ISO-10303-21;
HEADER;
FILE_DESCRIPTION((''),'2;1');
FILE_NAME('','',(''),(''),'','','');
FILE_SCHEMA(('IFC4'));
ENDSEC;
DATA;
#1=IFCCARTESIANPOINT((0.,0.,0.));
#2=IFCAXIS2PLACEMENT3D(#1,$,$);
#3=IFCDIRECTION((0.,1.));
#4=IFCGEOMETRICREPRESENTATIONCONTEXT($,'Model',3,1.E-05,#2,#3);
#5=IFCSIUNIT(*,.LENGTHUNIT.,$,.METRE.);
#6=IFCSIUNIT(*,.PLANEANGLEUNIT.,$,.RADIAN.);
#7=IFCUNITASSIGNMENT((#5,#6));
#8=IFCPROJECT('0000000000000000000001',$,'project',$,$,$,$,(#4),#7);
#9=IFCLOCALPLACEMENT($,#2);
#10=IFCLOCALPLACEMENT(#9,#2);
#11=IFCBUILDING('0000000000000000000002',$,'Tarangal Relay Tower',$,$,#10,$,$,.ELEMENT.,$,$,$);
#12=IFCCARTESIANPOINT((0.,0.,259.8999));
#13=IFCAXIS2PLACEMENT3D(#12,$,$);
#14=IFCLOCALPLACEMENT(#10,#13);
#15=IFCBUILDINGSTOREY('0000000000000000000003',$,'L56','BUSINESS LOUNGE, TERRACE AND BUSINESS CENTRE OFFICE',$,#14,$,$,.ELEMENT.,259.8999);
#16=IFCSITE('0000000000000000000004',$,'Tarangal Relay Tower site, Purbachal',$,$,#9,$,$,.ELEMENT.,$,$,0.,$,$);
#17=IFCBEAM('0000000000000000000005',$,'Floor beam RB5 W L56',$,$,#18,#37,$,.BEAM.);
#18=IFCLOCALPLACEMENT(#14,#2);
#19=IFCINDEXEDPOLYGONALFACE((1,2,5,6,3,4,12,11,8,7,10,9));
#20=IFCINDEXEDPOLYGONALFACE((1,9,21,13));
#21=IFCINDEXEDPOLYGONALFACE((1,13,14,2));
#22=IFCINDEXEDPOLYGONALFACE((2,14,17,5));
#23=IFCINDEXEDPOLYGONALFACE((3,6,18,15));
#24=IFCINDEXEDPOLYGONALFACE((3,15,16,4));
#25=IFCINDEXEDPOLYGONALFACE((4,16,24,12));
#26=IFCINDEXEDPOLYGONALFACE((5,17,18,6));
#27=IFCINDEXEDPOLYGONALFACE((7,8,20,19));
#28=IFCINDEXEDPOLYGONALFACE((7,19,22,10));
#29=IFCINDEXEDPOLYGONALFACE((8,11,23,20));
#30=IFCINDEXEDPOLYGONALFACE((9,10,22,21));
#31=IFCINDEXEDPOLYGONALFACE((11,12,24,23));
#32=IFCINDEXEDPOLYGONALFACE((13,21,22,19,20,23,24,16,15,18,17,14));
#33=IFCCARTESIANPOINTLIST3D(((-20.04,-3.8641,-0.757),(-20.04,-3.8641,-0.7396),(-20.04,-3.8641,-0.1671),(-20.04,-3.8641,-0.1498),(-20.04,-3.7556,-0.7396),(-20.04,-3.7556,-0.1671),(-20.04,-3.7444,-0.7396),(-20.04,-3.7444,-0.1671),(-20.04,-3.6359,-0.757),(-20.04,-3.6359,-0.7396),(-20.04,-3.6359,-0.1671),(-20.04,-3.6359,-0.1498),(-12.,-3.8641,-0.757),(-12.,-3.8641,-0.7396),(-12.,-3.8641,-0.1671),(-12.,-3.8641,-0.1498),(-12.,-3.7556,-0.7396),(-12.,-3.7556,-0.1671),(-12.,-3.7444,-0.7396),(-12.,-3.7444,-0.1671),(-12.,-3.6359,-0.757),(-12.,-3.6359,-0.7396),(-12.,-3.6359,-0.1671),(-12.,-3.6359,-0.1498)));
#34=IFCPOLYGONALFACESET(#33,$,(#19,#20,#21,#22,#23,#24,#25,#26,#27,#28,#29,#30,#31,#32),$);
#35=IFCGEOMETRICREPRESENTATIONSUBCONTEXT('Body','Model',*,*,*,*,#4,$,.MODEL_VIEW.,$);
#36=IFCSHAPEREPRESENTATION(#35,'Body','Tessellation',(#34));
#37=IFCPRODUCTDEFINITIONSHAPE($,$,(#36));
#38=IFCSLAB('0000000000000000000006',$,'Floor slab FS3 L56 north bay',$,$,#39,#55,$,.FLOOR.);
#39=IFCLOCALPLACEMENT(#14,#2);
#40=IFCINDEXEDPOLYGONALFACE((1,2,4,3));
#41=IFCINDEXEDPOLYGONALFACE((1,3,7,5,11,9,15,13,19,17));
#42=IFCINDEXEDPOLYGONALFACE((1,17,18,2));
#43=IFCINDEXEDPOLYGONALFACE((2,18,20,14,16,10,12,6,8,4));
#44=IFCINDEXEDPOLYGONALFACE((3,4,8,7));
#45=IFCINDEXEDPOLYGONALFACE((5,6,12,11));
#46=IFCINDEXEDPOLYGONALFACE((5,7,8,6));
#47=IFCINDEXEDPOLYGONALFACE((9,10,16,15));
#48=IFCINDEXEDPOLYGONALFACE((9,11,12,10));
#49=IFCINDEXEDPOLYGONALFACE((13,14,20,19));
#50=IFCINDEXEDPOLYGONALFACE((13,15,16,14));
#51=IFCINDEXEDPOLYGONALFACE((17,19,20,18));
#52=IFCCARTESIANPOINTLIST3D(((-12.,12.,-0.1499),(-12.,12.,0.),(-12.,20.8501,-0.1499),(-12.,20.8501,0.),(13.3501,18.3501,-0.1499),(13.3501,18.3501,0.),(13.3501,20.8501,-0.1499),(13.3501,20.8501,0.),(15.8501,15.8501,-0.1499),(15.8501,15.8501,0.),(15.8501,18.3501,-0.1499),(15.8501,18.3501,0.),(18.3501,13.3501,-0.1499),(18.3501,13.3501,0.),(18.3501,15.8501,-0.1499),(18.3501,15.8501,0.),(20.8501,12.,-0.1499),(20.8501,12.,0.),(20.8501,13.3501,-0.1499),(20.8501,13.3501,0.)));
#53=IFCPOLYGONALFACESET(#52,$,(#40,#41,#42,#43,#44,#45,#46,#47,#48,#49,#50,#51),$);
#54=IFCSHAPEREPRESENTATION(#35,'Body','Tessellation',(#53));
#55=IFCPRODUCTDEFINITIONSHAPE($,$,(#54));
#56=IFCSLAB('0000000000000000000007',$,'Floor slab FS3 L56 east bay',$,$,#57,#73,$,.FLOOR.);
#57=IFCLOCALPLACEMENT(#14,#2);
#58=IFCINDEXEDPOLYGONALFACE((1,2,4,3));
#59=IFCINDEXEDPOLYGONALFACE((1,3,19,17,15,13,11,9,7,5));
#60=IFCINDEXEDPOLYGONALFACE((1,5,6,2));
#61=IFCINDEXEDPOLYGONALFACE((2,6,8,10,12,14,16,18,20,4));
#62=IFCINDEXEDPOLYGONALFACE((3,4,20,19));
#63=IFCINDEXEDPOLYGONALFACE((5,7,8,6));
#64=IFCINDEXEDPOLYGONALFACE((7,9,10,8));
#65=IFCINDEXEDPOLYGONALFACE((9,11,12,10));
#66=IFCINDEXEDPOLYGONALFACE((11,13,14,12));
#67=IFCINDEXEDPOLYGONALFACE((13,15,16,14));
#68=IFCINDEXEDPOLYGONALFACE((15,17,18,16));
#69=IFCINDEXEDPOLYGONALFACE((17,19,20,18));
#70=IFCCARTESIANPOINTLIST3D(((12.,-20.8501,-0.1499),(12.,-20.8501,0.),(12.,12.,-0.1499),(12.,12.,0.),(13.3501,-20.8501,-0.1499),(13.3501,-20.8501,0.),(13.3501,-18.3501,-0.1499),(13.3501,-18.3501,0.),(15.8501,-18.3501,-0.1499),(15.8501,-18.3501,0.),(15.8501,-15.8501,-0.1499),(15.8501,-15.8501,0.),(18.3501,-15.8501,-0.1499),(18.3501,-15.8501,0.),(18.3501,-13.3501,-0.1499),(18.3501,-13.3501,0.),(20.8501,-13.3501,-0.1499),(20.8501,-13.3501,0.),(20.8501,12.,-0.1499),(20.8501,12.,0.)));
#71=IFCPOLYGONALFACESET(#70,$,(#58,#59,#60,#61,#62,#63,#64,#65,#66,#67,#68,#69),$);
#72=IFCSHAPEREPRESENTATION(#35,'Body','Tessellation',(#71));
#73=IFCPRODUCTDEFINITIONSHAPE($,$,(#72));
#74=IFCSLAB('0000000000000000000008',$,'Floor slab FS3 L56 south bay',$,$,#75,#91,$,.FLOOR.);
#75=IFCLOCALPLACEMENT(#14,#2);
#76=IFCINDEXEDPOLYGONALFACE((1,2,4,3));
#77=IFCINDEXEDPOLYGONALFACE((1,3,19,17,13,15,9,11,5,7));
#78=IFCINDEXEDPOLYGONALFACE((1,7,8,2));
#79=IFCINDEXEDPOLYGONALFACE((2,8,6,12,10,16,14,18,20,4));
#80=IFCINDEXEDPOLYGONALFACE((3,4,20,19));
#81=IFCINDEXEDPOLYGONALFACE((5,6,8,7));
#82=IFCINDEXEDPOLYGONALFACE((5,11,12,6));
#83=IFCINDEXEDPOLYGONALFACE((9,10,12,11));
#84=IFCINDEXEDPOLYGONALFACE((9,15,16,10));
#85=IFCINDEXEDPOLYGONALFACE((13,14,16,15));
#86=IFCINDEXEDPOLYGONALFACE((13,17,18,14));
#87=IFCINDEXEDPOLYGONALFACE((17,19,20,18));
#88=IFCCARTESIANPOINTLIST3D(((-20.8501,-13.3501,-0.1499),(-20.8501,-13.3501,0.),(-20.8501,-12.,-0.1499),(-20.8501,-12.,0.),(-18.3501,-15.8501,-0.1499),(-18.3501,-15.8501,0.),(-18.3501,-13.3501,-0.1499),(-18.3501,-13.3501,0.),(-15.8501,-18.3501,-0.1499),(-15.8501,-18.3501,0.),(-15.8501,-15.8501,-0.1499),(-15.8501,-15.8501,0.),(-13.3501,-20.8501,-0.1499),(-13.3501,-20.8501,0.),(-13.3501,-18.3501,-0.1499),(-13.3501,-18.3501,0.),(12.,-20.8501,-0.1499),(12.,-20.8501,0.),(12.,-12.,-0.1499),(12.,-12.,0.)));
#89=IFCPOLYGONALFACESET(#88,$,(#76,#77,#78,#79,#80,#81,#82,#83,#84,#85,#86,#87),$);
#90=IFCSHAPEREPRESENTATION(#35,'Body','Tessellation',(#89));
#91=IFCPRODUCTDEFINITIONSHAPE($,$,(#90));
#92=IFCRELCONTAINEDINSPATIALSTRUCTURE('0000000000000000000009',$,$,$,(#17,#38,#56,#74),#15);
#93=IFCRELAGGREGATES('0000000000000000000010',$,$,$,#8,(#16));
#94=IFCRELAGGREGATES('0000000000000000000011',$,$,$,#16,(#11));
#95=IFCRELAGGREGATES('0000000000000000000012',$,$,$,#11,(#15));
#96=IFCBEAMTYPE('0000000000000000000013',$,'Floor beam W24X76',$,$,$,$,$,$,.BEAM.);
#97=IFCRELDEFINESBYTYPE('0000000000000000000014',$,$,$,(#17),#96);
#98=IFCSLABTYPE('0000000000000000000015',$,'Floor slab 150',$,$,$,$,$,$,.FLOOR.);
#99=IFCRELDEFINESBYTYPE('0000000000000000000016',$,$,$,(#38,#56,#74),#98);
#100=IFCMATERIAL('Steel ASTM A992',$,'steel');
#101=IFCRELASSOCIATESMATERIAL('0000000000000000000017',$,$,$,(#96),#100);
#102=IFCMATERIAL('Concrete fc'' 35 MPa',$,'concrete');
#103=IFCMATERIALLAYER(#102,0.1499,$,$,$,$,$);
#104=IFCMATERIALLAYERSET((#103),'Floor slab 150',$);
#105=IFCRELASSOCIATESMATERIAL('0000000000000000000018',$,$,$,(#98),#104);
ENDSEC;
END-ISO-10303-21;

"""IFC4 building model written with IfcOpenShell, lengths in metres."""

from ifc_helpers import new_model, si_unit, direction, frame, origin, origin_2d, place, context, subcontext, project, spatial, polyline, i_section, outline, extrude, material, layer, layer_set, material_profile, profile_set, type_object, element, save


model = new_model("IFC4")

# Units and contexts
model_context = context("Model", 3, precision=1e-05, world=origin(), true_north=direction((0.0, 1.0)))
body_context = subcontext(model_context, "Body", "Model", "MODEL_VIEW")
ifc_project = project(units=[si_unit("LENGTHUNIT", "METRE"), si_unit("PLANEANGLEUNIT", "RADIAN")], contexts=[model_context])

# Site, building, storey
site_placement = place(None, origin())
site = spatial("IfcSite", under=ifc_project, at=site_placement, Name="Tarangal Relay Tower site, Purbachal", CompositionType="ELEMENT", RefElevation=0.0)
building_placement = place(site_placement, origin())
building = spatial("IfcBuilding", under=site, at=building_placement, Name="Tarangal Relay Tower", CompositionType="ELEMENT")
storey_placement = place(building_placement, frame((0.0, 0.0, 259.8999)))
storey = spatial("IfcBuildingStorey", under=building, at=storey_placement, Name="L56", Description="BUSINESS LOUNGE, TERRACE AND BUSINESS CENTRE OFFICE", CompositionType="ELEMENT", Elevation=259.8999)

# Beam
ifc_material_1 = material(Name="Steel ASTM A992", Category="steel")
ifc_material_profile = material_profile(ifc_material_1, i_section(OverallWidth=0.2283, OverallDepth=0.6072, WebThickness=0.0112, FlangeThickness=0.0173, at=origin_2d()), Name="W24X76")
ifc_profile_set = profile_set([ifc_material_profile], Name="Steel ASTM A992")
beam_type = type_object("IfcBeamType", Name="Floor beam W24X76", PredefinedType="BEAM", material=ifc_profile_set)
beam_placement = place(storey_placement, frame((-12.0, -3.75, -0.4534), z_axis=(-1.0, 0.0, 0.0), x_axis=(0.0, -1.0, 0.0)))
element("IfcBeam", 1, at=beam_placement, inside=storey, type_object=beam_type, Name="Floor beam RB5 W L56", PredefinedType="BEAM", context=body_context, shape_type="SweptSolid", body=[
    extrude(i_section(OverallWidth=0.2283, OverallDepth=0.6072, WebThickness=0.0112, FlangeThickness=0.0173, at=origin_2d()), origin(), (0.0, 0.0, 1.0), 8.04),
])

# Slabs
ifc_material_2 = material(Name="Concrete fc' 35 MPa", Category="concrete")
ifc_layer_1 = layer(ifc_material_2, 0.1499)
ifc_layer_set_1 = layer_set([ifc_layer_1], Name="Floor slab 150")
slab_type = type_object("IfcSlabType", Name="Floor slab 150", PredefinedType="FLOOR", material=ifc_layer_set_1)
slab_1_placement = place(storey_placement, frame((0.0, 0.0, -0.1499)))
element("IfcSlab", 2, at=slab_1_placement, inside=storey, type_object=slab_type, Name="Floor slab FS3 L56 north bay", PredefinedType="FLOOR", context=body_context, shape_type="SweptSolid", body=[
    extrude(outline(polyline([(13.3501, 20.8501), (13.3501, 18.3501), (15.8501, 18.3501), (15.8501, 15.8501), (18.3501, 15.8501), (18.3501, 13.3501), (20.8501, 13.3501), (20.8501, 12.0), (-12.0, 12.0), (-12.0, 20.8501), (13.3501, 20.8501)])), origin(), (0.0, 0.0, 1.0), 0.1499),
])
slab_2_placement = place(storey_placement, frame((0.0, 0.0, -0.1499)))
element("IfcSlab", 3, at=slab_2_placement, inside=storey, type_object=slab_type, Name="Floor slab FS3 L56 east bay", PredefinedType="FLOOR", context=body_context, shape_type="SweptSolid", body=[
    extrude(outline(polyline([(20.8501, -13.3501), (18.3501, -13.3501), (18.3501, -15.8501), (15.8501, -15.8501), (15.8501, -18.3501), (13.3501, -18.3501), (13.3501, -20.8501), (12.0, -20.8501), (12.0, 12.0), (20.8501, 12.0), (20.8501, -13.3501)])), origin(), (0.0, 0.0, 1.0), 0.1499),
])
slab_3_placement = place(storey_placement, frame((0.0, 0.0, -0.1499)))
element("IfcSlab", 4, at=slab_3_placement, inside=storey, type_object=slab_type, Name="Floor slab FS3 L56 south bay", PredefinedType="FLOOR", context=body_context, shape_type="SweptSolid", body=[
    extrude(outline(polyline([(-13.3501, -20.8501), (-13.3501, -18.3501), (-15.8501, -18.3501), (-15.8501, -15.8501), (-18.3501, -15.8501), (-18.3501, -13.3501), (-20.8501, -13.3501), (-20.8501, -12.0), (12.0, -12.0), (12.0, -20.8501), (-13.3501, -20.8501)])), origin(), (0.0, 0.0, 1.0), 0.1499),
])

save(model, "model.ifc")
